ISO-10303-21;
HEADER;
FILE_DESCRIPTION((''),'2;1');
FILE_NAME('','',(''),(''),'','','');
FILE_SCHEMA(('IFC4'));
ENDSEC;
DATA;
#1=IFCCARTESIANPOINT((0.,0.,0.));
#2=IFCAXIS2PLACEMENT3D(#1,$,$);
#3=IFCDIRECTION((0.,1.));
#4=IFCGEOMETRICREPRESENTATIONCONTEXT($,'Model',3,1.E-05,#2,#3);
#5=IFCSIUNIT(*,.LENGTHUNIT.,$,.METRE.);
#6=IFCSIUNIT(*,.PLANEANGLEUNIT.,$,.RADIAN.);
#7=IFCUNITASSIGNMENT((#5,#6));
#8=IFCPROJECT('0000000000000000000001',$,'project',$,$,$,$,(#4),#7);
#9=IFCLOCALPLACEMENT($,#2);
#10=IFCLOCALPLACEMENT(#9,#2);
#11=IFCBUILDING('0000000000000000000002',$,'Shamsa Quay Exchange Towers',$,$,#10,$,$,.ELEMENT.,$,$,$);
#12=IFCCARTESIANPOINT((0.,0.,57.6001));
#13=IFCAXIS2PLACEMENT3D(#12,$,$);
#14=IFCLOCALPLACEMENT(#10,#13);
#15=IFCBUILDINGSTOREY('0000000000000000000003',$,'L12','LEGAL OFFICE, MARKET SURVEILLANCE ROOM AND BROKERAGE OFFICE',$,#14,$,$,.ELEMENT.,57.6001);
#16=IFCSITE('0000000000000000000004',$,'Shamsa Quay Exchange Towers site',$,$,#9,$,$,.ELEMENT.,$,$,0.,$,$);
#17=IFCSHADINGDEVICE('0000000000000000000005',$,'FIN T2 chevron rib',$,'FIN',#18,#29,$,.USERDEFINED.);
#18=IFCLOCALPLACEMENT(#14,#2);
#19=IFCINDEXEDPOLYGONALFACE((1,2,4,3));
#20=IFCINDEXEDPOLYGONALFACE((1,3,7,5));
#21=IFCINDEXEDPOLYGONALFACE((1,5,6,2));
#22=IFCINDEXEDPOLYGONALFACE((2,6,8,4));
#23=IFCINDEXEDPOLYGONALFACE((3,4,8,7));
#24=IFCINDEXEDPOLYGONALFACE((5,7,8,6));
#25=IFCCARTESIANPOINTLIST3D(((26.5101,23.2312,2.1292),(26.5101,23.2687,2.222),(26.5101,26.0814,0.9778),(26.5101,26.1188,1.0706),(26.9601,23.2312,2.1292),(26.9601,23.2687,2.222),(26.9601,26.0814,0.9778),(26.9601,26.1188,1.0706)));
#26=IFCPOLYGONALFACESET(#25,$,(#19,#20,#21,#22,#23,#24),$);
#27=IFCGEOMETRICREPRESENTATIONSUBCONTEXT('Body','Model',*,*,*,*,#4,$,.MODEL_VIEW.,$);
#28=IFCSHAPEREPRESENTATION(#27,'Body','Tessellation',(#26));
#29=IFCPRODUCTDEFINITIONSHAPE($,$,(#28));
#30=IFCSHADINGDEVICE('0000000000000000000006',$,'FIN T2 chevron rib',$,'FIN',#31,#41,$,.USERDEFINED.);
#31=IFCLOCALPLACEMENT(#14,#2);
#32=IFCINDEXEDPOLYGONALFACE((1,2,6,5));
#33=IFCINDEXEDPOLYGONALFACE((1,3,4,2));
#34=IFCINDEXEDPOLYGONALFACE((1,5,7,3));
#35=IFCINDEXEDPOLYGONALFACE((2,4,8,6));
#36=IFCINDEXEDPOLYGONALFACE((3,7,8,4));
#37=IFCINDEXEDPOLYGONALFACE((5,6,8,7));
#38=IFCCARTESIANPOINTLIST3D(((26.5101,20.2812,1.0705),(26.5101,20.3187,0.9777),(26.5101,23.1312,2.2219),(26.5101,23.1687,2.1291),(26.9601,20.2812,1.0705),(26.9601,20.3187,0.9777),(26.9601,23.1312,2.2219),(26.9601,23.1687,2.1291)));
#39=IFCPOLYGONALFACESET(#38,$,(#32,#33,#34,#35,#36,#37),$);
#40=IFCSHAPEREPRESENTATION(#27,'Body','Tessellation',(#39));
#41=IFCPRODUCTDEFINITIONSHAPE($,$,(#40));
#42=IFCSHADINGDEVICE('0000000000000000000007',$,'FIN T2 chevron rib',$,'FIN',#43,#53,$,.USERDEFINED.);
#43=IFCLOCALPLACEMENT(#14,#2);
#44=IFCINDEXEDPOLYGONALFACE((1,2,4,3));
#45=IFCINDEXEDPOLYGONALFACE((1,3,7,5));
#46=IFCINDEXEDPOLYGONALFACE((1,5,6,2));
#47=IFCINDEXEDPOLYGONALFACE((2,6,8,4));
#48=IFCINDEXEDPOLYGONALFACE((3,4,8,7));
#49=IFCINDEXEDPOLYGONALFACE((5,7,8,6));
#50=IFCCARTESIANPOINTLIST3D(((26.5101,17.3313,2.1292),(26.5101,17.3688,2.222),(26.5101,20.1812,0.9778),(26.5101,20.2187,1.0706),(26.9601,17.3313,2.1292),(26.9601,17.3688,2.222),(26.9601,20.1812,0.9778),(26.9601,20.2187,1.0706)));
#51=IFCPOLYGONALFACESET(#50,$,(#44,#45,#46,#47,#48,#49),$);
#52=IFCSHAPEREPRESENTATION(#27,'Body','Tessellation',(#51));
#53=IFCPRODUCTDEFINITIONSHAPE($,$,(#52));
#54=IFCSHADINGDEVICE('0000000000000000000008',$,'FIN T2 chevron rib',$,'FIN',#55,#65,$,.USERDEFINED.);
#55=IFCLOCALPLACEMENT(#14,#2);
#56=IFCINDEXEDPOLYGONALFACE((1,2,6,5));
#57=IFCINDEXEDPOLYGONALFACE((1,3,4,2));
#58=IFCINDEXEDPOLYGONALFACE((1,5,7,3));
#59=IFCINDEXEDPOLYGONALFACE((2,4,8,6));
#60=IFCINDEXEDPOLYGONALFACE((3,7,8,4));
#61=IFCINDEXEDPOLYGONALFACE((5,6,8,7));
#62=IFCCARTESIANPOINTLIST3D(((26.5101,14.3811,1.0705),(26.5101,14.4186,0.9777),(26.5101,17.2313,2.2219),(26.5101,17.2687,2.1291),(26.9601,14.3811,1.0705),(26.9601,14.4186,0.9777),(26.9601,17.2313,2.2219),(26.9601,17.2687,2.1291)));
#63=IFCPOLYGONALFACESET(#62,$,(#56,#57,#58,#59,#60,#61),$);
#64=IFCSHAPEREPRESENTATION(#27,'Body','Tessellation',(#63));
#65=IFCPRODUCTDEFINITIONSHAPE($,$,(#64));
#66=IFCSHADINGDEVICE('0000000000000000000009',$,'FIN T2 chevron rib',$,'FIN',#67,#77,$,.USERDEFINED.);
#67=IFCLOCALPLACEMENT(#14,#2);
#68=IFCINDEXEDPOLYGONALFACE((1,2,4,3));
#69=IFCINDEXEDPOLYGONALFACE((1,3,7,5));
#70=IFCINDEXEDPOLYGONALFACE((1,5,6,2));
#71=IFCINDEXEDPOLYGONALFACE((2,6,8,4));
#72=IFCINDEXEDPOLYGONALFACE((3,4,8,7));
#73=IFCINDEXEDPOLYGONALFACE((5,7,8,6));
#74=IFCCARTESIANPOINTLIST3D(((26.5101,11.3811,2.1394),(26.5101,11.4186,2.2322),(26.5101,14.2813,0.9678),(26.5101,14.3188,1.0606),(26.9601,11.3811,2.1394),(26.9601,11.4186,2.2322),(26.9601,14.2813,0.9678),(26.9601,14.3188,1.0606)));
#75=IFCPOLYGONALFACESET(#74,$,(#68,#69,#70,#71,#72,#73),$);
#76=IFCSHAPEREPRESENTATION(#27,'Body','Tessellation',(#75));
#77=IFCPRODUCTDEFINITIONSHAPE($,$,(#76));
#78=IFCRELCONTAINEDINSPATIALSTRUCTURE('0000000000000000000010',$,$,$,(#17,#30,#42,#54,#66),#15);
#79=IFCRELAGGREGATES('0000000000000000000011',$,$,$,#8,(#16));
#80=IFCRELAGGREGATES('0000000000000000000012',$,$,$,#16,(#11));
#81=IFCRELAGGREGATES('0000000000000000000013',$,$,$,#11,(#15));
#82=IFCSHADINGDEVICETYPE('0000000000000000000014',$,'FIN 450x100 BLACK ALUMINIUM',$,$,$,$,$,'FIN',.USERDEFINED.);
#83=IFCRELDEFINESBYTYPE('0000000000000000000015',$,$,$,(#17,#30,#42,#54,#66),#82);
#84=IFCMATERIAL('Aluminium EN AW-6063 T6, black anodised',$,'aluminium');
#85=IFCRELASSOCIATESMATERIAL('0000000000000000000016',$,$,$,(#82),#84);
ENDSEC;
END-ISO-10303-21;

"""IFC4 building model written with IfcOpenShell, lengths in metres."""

from ifc_helpers import new_model, si_unit, direction, frame, origin, origin_2d, place, context, subcontext, project, spatial, rectangle, extrude, material, material_profile, profile_set, type_object, element, save


model = new_model("IFC4")

# Units and contexts
model_context = context("Model", 3, precision=1e-05, world=origin(), true_north=direction((0.0, 1.0)))
body_context = subcontext(model_context, "Body", "Model", "MODEL_VIEW")
ifc_project = project(units=[si_unit("LENGTHUNIT", "METRE"), si_unit("PLANEANGLEUNIT", "RADIAN")], contexts=[model_context])

# Site, building, storey
site_placement = place(None, origin())
site = spatial("IfcSite", under=ifc_project, at=site_placement, Name="Shamsa Quay Exchange Towers site", CompositionType="ELEMENT", RefElevation=0.0)
building_placement = place(site_placement, origin())
building = spatial("IfcBuilding", under=site, at=building_placement, Name="Shamsa Quay Exchange Towers", CompositionType="ELEMENT")
storey_placement = place(building_placement, frame((0.0, 0.0, 57.6001)))
storey = spatial("IfcBuildingStorey", under=building, at=storey_placement, Name="L12", Description="LEGAL OFFICE, MARKET SURVEILLANCE ROOM AND BROKERAGE OFFICE", CompositionType="ELEMENT", Elevation=57.6001)

# Shared definitions
ifc_material_1 = material(Name="Aluminium EN AW-6063 T6, black anodised", Category="aluminium")

# Shading devices
ifc_material_profile_1 = material_profile(ifc_material_1, rectangle(XDim=0.45, YDim=0.1001, at=origin_2d()), Name="FIN450x100")
ifc_profile_set_1 = profile_set([ifc_material_profile_1], Name="Aluminium EN AW-6063 T6, black anodised")
shading_device_type = type_object("IfcShadingDeviceType", Name="FIN 450x100 BLACK ALUMINIUM", ElementType="FIN", PredefinedType="USERDEFINED", material=ifc_profile_set_1)
shading_device_1_placement = place(storey_placement, frame((26.7351, 26.1001, 1.0242), z_axis=(0.0, -0.9272, 0.374565), x_axis=(1.0, 0.0, 0.0)))
element("IfcShadingDevice", 1, at=shading_device_1_placement, inside=storey, type_object=shading_device_type, Name="FIN T2 chevron rib", ObjectType="FIN", PredefinedType="USERDEFINED", context=body_context, shape_type="SweptSolid", body=[
    extrude(rectangle(XDim=0.45, YDim=0.1001, at=origin_2d()), origin(), (0.0, 0.0, 1.0), 3.074),
])
for number, where, z_axis, x_axis, name in (
    (2, (26.7351, 23.1499, 2.1755), (0.0, -0.927189, -0.374593), (1.0, 0.0, 0.0), "FIN T2 chevron rib"),
    (3, (26.7351, 20.2, 1.0242), (0.0, -0.927189, 0.374593), (1.0, 0.0, 0.0), "FIN T2 chevron rib"),
):
    element("IfcShadingDevice", number, at=place(storey_placement, frame(where, z_axis=z_axis, x_axis=x_axis)), inside=storey, type_object=shading_device_type, Name=name, ObjectType="FIN", PredefinedType="USERDEFINED", context=body_context, shape_type="SweptSolid", body=[
        extrude(rectangle(XDim=0.45, YDim=0.1001, at=origin_2d()), origin(), (0.0, 0.0, 1.0), 3.0737),
    ])
shading_device_2_placement = place(storey_placement, frame((26.7351, 17.25, 2.1755), z_axis=(0.0, -0.9272, -0.374565), x_axis=(1.0, 0.0, 0.0)))
element("IfcShadingDevice", 4, at=shading_device_2_placement, inside=storey, type_object=shading_device_type, Name="FIN T2 chevron rib", ObjectType="FIN", PredefinedType="USERDEFINED", context=body_context, shape_type="SweptSolid", body=[
    extrude(rectangle(XDim=0.45, YDim=0.1001, at=origin_2d()), origin(), (0.0, 0.0, 1.0), 3.074),
])
shading_device_3_placement = place(storey_placement, frame((26.7351, 14.3, 1.0142), z_axis=(0.0, -0.927195, 0.374578), x_axis=(1.0, 0.0, 0.0)))
element("IfcShadingDevice", 5, at=shading_device_3_placement, inside=storey, type_object=shading_device_type, Name="FIN T2 chevron rib", ObjectType="FIN", PredefinedType="USERDEFINED", context=body_context, shape_type="SweptSolid", body=[
    extrude(rectangle(XDim=0.45, YDim=0.1001, at=origin_2d()), origin(), (0.0, 0.0, 1.0), 3.1279),
])

save(model, "model.ifc")
